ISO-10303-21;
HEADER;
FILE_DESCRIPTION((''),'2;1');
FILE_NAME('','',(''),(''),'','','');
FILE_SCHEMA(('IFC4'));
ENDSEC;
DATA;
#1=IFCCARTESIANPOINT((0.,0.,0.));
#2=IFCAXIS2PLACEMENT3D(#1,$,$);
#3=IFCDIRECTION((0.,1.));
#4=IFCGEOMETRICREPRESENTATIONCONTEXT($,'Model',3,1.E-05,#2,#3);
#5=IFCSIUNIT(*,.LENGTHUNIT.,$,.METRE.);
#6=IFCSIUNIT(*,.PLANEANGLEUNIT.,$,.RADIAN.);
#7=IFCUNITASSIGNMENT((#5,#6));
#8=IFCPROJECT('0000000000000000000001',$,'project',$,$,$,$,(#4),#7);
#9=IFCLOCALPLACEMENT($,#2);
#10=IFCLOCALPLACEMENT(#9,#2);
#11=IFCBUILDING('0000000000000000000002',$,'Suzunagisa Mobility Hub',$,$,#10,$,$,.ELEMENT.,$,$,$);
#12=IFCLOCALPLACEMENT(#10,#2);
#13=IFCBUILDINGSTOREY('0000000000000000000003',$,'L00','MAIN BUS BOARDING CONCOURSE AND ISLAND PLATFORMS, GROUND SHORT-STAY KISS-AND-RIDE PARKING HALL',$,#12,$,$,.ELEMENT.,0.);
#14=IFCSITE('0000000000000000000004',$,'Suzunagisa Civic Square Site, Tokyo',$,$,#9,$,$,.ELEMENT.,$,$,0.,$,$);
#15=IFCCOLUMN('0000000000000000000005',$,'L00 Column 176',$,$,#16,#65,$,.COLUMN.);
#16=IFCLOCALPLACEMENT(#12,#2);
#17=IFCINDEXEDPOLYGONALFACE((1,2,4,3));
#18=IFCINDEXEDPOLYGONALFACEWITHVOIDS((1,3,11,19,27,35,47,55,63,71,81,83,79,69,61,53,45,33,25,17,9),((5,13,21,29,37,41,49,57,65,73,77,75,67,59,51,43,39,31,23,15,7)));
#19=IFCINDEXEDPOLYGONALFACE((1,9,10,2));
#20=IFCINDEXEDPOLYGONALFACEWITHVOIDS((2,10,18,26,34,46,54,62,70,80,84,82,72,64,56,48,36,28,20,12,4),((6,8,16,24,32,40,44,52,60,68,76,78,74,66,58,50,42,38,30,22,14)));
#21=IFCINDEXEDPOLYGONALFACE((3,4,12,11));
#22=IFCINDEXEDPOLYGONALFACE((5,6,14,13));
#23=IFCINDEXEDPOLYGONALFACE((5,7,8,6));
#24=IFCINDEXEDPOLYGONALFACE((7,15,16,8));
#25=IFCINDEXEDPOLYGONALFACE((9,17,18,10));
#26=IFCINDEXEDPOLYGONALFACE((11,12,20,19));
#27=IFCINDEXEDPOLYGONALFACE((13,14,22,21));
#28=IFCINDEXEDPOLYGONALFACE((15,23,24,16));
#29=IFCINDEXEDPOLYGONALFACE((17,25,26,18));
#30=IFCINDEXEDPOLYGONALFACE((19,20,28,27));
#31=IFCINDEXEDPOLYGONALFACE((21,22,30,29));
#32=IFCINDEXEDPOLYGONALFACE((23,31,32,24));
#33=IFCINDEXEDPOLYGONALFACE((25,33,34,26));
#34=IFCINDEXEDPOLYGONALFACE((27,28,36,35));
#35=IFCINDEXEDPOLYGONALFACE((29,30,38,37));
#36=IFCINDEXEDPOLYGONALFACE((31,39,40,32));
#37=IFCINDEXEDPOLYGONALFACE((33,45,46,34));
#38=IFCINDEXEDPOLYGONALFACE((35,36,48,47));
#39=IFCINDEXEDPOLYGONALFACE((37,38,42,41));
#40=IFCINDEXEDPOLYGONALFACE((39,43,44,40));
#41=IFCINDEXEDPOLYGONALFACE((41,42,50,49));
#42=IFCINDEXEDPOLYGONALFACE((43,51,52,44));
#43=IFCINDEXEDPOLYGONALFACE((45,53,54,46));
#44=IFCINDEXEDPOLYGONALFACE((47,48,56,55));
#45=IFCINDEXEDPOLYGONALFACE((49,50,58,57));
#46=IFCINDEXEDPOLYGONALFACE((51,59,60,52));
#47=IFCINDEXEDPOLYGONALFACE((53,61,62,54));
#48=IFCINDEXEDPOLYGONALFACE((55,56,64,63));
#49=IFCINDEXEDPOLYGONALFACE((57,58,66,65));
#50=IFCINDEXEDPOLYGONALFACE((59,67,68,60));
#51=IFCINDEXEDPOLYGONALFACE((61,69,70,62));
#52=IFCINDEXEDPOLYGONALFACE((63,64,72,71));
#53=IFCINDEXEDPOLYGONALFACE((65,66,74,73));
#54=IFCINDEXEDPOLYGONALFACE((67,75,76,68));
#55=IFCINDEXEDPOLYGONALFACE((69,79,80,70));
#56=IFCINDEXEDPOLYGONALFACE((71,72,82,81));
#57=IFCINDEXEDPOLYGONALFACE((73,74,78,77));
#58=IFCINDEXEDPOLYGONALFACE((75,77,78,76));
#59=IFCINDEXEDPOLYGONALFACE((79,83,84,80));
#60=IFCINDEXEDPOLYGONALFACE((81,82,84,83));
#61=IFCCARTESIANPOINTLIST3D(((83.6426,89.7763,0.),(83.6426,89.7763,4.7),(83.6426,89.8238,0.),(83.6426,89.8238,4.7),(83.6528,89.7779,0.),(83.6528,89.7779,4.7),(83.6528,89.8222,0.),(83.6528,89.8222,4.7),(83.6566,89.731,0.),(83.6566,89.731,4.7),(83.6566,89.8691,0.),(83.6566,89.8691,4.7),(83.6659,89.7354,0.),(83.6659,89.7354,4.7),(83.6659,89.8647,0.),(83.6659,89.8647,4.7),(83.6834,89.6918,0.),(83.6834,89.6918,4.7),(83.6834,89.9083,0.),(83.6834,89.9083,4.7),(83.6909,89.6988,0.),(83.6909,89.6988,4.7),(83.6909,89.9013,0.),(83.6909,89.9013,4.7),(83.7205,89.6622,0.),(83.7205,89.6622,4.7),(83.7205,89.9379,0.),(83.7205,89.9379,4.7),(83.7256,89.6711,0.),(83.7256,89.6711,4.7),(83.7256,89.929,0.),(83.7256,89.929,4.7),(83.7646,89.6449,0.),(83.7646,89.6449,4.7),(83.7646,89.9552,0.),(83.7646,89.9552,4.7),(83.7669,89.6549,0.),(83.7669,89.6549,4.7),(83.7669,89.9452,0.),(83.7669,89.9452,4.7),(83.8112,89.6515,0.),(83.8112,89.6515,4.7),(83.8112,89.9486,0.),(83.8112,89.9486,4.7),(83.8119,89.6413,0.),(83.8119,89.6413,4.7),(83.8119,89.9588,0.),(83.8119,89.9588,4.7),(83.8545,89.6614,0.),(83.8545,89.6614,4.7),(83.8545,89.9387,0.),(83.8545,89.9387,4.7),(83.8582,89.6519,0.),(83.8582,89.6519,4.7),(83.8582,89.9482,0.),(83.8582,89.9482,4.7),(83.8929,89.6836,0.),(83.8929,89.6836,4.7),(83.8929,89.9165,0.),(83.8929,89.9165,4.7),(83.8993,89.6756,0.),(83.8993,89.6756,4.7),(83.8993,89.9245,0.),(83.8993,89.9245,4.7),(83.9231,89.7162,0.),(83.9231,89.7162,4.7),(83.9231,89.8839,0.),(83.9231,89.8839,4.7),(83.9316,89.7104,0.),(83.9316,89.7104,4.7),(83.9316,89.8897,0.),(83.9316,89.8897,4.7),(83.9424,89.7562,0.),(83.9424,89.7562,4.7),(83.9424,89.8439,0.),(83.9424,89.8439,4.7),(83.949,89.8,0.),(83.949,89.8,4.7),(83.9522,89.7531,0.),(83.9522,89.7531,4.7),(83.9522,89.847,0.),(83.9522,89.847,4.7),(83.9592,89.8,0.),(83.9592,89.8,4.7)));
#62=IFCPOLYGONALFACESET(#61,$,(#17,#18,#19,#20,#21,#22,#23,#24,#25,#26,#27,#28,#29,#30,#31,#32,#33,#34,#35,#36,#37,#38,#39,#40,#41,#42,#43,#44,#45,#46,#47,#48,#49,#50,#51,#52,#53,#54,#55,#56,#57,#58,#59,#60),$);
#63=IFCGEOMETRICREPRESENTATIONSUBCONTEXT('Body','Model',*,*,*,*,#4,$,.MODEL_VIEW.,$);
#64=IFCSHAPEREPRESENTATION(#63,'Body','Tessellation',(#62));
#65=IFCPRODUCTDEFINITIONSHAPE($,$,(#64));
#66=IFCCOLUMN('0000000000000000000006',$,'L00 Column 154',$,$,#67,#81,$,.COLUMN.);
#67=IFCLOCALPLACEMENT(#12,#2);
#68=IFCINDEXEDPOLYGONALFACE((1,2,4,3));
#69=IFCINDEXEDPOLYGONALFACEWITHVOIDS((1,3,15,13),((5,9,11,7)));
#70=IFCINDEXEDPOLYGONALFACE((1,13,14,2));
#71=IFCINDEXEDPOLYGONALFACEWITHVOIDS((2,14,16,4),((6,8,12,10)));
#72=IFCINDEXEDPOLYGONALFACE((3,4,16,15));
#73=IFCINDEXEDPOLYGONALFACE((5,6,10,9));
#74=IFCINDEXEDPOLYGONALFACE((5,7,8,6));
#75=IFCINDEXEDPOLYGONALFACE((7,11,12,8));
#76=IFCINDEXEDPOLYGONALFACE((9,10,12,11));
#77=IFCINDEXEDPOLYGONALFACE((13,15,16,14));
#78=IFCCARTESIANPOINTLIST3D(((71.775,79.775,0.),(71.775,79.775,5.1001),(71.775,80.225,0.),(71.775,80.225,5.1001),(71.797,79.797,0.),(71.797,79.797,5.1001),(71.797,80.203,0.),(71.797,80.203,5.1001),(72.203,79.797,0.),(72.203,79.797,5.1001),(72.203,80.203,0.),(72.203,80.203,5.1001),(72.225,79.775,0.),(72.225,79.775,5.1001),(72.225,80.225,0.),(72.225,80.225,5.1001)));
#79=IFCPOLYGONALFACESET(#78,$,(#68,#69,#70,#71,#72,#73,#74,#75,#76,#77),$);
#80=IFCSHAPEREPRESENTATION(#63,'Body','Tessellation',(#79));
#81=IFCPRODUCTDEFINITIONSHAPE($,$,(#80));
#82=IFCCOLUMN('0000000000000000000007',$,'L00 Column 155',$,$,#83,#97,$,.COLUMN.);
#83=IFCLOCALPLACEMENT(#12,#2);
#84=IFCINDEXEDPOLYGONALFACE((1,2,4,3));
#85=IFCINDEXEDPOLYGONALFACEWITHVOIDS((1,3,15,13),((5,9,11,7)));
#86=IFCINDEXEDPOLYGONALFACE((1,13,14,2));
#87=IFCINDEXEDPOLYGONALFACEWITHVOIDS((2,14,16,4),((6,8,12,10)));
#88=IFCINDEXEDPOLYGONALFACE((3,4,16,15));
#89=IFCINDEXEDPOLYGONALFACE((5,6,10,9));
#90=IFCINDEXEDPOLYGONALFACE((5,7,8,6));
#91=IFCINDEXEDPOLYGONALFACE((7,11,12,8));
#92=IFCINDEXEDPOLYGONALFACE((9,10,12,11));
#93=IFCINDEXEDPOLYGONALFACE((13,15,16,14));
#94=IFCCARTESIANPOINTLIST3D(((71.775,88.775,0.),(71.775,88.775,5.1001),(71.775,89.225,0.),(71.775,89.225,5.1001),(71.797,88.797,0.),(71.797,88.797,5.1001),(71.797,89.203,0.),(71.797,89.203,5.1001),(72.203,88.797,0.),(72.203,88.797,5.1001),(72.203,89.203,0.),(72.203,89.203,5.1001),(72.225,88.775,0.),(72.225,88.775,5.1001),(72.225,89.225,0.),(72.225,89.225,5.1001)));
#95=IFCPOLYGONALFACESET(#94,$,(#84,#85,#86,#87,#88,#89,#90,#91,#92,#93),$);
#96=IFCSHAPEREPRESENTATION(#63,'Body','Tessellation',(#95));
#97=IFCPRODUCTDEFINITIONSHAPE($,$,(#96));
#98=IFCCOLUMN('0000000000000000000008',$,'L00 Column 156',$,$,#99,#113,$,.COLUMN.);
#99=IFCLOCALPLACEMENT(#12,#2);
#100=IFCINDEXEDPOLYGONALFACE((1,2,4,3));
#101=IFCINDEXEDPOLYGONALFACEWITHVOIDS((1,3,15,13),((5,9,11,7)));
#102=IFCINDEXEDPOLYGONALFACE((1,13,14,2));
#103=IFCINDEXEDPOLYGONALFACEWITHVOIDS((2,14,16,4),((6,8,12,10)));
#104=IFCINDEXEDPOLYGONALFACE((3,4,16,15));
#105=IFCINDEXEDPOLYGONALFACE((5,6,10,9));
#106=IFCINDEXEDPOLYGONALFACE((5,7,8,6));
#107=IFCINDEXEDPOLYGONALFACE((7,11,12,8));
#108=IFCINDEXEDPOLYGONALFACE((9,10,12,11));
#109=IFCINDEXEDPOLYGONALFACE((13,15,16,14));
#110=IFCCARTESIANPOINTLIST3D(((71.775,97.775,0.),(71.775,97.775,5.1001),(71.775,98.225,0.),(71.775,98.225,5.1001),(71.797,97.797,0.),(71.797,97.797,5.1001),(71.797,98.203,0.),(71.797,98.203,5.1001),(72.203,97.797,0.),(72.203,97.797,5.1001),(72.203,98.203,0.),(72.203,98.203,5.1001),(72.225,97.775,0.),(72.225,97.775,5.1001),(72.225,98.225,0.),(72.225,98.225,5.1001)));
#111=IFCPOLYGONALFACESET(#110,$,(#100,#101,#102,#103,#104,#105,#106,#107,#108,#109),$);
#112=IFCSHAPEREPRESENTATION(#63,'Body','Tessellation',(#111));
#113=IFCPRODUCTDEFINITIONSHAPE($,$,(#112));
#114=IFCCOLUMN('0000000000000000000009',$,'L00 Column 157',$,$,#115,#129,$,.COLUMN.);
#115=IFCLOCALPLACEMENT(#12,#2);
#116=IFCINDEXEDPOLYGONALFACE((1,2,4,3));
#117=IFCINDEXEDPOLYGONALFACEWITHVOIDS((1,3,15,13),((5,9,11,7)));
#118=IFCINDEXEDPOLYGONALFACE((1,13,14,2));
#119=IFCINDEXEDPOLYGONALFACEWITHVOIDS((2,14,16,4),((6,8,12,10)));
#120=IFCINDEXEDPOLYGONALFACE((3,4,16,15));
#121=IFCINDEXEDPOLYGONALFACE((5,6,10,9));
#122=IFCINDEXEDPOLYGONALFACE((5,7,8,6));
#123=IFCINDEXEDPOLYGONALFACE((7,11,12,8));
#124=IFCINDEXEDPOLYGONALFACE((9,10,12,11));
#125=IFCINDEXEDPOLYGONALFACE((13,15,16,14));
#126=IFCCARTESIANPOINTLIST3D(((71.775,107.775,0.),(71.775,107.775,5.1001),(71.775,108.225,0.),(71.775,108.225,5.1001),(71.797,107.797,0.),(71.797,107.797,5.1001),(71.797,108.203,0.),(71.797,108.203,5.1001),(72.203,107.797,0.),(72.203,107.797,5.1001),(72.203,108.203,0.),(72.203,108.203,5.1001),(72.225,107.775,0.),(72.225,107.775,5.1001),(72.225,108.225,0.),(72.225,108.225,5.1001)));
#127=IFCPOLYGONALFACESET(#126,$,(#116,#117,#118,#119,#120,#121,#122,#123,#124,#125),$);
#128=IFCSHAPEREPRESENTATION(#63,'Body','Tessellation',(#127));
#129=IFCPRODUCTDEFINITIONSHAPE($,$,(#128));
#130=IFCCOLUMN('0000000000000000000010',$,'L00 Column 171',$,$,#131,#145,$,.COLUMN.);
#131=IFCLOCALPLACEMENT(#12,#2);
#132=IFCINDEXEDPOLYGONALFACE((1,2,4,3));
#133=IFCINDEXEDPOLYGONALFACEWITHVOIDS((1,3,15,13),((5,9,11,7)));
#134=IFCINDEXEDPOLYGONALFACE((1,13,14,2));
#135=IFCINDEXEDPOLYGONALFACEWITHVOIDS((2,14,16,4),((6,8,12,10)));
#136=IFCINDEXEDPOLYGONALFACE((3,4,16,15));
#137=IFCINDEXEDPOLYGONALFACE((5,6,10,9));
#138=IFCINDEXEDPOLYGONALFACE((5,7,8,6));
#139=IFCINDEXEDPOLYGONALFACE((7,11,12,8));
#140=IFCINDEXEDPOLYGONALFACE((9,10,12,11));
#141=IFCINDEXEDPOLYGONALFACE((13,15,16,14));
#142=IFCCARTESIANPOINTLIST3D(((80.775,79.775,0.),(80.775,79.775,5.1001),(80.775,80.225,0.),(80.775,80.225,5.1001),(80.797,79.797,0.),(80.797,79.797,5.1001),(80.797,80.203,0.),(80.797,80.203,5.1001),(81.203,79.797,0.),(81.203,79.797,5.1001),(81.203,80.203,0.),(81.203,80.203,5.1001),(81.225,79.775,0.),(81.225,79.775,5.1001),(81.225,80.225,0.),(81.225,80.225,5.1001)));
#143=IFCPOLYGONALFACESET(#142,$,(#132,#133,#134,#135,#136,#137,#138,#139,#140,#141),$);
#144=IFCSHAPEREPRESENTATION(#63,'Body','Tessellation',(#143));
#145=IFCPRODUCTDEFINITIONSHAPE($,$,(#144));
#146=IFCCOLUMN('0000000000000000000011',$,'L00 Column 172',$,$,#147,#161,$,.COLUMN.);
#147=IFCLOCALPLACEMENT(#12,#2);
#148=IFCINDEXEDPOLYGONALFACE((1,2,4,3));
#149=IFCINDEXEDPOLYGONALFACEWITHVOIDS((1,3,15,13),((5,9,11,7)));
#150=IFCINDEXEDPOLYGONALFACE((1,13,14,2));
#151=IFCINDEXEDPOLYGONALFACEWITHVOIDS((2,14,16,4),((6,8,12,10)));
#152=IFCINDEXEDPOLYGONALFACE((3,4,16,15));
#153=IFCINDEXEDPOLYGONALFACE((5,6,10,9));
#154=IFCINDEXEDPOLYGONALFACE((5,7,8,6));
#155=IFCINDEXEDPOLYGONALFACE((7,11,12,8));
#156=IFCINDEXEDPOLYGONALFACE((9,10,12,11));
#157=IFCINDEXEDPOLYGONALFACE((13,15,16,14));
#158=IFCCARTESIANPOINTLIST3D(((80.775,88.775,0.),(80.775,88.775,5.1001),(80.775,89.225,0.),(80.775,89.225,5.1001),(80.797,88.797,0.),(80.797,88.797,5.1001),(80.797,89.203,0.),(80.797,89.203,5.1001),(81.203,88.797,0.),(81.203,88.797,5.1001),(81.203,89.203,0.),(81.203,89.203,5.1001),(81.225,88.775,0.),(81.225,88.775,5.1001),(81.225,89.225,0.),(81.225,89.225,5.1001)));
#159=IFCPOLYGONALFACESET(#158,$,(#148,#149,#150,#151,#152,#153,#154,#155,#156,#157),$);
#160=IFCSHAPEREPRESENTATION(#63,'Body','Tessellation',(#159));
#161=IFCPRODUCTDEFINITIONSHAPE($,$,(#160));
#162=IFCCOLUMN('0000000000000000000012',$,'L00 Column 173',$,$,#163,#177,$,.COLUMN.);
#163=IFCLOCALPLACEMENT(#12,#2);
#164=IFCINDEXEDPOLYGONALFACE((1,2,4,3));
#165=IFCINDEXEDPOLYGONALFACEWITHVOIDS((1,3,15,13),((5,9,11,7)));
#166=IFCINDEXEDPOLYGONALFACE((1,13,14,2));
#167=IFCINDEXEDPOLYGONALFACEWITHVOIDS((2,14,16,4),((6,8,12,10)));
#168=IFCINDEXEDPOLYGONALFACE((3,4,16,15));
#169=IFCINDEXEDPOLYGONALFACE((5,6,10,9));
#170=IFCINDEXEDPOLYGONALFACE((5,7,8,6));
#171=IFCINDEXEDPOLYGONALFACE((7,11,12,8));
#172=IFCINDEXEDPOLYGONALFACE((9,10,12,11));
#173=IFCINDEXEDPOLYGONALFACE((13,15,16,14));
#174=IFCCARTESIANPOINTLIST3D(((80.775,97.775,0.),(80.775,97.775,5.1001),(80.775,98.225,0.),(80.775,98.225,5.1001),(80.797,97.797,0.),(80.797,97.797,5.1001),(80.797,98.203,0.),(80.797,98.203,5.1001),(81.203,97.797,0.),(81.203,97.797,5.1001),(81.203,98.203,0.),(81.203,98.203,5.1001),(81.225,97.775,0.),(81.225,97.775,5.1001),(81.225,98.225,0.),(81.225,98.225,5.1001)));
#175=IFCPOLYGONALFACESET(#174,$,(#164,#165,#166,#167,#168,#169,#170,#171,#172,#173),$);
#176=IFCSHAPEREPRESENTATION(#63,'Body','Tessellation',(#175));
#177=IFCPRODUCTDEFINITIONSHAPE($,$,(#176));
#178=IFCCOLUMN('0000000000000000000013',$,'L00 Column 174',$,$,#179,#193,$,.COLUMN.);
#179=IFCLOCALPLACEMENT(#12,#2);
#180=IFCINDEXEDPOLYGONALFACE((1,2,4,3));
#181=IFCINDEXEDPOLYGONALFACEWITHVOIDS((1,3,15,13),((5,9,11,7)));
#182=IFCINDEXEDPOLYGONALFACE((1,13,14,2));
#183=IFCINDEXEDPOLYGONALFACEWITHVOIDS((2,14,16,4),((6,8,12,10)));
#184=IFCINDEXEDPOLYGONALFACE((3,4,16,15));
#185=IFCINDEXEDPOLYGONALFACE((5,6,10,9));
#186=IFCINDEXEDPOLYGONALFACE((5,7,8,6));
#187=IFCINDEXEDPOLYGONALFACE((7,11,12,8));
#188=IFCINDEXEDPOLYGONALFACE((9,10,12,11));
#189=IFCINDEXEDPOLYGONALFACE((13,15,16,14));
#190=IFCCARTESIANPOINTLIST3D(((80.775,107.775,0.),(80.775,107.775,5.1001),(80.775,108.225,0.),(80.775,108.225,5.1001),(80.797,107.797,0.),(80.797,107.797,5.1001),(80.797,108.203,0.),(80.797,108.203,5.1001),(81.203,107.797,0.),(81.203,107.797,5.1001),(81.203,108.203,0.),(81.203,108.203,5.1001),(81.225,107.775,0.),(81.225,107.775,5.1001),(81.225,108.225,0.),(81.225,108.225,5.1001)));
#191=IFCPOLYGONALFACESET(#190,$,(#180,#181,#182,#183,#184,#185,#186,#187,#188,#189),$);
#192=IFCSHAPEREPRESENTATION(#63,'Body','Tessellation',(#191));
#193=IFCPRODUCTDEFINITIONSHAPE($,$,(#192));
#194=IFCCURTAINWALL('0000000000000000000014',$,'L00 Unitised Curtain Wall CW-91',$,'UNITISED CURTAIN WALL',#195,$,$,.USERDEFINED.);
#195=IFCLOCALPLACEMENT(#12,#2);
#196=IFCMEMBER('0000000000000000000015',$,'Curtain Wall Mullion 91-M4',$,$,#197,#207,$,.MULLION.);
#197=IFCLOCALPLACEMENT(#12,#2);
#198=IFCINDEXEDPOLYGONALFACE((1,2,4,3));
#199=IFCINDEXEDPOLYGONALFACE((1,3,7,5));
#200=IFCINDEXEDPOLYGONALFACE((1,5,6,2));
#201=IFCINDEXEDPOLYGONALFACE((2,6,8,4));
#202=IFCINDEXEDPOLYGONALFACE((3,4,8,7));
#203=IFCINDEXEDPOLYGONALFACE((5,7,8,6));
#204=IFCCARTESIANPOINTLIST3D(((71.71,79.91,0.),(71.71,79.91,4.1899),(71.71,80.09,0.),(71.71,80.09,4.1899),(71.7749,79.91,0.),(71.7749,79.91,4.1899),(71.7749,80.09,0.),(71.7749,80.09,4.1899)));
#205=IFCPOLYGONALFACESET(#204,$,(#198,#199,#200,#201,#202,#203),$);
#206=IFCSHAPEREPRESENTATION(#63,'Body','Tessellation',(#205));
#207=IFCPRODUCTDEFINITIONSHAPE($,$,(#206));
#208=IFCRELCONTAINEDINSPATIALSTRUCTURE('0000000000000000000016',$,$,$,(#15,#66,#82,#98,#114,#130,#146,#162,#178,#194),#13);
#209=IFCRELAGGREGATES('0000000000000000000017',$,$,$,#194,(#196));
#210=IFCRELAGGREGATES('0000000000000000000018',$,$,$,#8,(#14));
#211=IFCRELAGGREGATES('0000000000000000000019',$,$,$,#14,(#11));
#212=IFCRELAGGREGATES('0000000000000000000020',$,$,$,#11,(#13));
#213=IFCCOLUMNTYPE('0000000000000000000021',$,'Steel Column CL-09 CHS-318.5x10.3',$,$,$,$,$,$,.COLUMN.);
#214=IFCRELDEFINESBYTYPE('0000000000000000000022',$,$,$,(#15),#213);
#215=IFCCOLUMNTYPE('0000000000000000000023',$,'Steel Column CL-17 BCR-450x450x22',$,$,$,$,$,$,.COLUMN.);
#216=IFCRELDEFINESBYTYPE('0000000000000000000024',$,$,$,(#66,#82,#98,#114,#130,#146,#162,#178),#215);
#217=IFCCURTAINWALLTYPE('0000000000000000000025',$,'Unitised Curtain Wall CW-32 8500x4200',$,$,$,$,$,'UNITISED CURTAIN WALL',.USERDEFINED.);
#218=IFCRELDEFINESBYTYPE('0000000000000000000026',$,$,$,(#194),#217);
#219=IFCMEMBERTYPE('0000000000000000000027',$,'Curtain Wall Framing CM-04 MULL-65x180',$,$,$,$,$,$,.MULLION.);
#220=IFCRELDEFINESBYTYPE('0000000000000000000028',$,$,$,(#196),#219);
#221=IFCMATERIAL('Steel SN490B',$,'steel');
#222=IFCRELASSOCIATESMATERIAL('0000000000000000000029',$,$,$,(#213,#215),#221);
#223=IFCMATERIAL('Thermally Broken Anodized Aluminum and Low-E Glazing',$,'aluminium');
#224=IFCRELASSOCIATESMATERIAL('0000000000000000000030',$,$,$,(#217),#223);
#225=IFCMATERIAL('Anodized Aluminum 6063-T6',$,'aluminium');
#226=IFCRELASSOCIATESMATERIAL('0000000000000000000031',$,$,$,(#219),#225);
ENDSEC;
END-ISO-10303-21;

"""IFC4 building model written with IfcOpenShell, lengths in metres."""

from ifc_helpers import new_model, si_unit, direction, frame, origin, origin_2d, place, context, subcontext, project, spatial, rectangle, hollow_rectangle, hollow_circle, extrude, material, material_profile, profile_set, type_object, element, aggregate, save


model = new_model("IFC4")

# Units and contexts
model_context = context("Model", 3, precision=1e-05, world=origin(), true_north=direction((0.0, 1.0)))
body_context = subcontext(model_context, "Body", "Model", "MODEL_VIEW")
ifc_project = project(units=[si_unit("LENGTHUNIT", "METRE"), si_unit("PLANEANGLEUNIT", "RADIAN")], contexts=[model_context])

# Site, building, storey
site_placement = place(None, origin())
site = spatial("IfcSite", under=ifc_project, at=site_placement, Name="Suzunagisa Civic Square Site, Tokyo", CompositionType="ELEMENT", RefElevation=0.0)
building_placement = place(site_placement, origin())
building = spatial("IfcBuilding", under=site, at=building_placement, Name="Suzunagisa Mobility Hub", CompositionType="ELEMENT")
storey_placement = place(building_placement, origin())
storey = spatial("IfcBuildingStorey", under=building, at=storey_placement, Name="L00", Description="MAIN BUS BOARDING CONCOURSE AND ISLAND PLATFORMS, GROUND SHORT-STAY KISS-AND-RIDE PARKING HALL", CompositionType="ELEMENT", Elevation=0.0)

# Columns
ifc_material_1 = material(Name="Steel SN490B", Category="steel")
ifc_material_profile_1 = material_profile(ifc_material_1, hollow_circle(Radius=0.1592, WallThickness=0.0103, at=origin_2d()), Name="CHS-318.5x10.3")
ifc_profile_set_1 = profile_set([ifc_material_profile_1], Name="Steel SN490B")
column_type_1 = type_object("IfcColumnType", Name="Steel Column CL-09 CHS-318.5x10.3", PredefinedType="COLUMN", material=ifc_profile_set_1)
column_placement = place(storey_placement, frame((83.8, 89.8, 0.0), z_axis=(0.0, 0.0, 1.0), x_axis=(1.0, 0.0, 0.0)))
element("IfcColumn", 1, at=column_placement, inside=storey, type_object=column_type_1, Name="L00 Column 176", PredefinedType="COLUMN", context=body_context, shape_type="SweptSolid", body=[
    extrude(hollow_circle(Radius=0.1592, WallThickness=0.0103, at=origin_2d()), origin(), (0.0, 0.0, 1.0), 4.7),
])
ifc_material_profile_2 = material_profile(ifc_material_1, hollow_rectangle(XDim=0.45, YDim=0.45, WallThickness=0.022, at=origin_2d()), Name="BCR-450x450x22")
ifc_profile_set_2 = profile_set([ifc_material_profile_2], Name="Steel SN490B")
column_type_2 = type_object("IfcColumnType", Name="Steel Column CL-17 BCR-450x450x22", PredefinedType="COLUMN", material=ifc_profile_set_2)
for number, where, z_axis, x_axis, name in (
    (2, (72.0, 80.0, 0.0), (0.0, 0.0, 1.0), (1.0, 0.0, 0.0), "L00 Column 154"),
    (3, (72.0, 89.0, 0.0), (0.0, 0.0, 1.0), (1.0, 0.0, 0.0), "L00 Column 155"),
    (4, (72.0, 98.0, 0.0), (0.0, 0.0, 1.0), (1.0, 0.0, 0.0), "L00 Column 156"),
    (5, (72.0, 108.0, 0.0), (0.0, 0.0, 1.0), (1.0, 0.0, 0.0), "L00 Column 157"),
    (6, (81.0, 80.0, 0.0), (0.0, 0.0, 1.0), (1.0, 0.0, 0.0), "L00 Column 171"),
    (7, (81.0, 89.0, 0.0), (0.0, 0.0, 1.0), (1.0, 0.0, 0.0), "L00 Column 172"),
    (8, (81.0, 98.0, 0.0), (0.0, 0.0, 1.0), (1.0, 0.0, 0.0), "L00 Column 173"),
    (9, (81.0, 108.0, 0.0), (0.0, 0.0, 1.0), (1.0, 0.0, 0.0), "L00 Column 174"),
):
    element("IfcColumn", number, at=place(storey_placement, frame(where, z_axis=z_axis, x_axis=x_axis)), inside=storey, type_object=column_type_2, Name=name, PredefinedType="COLUMN", context=body_context, shape_type="SweptSolid", body=[
        extrude(hollow_rectangle(XDim=0.45, YDim=0.45, WallThickness=0.022, at=origin_2d()), origin(), (0.0, 0.0, 1.0), 5.1001),
    ])

# Curtain wall, member
ifc_material_2 = material(Name="Thermally Broken Anodized Aluminum and Low-E Glazing", Category="aluminium")
curtain_wall_type = type_object("IfcCurtainWallType", Name="Unitised Curtain Wall CW-32 8500x4200", ElementType="UNITISED CURTAIN WALL", PredefinedType="USERDEFINED", material=ifc_material_2)
curtain_wall_placement = place(storey_placement, origin())
curtain_wall = element("IfcCurtainWall", 10, at=curtain_wall_placement, inside=storey, type_object=curtain_wall_type, Name="L00 Unitised Curtain Wall CW-91", ObjectType="UNITISED CURTAIN WALL", PredefinedType="USERDEFINED")
ifc_material_3 = material(Name="Anodized Aluminum 6063-T6", Category="aluminium")
ifc_material_profile_3 = material_profile(ifc_material_3, rectangle(XDim=0.0649, YDim=0.1799, at=origin_2d()), Name="MULL-65x180")
ifc_profile_set_3 = profile_set([ifc_material_profile_3], Name="Anodized Aluminum 6063-T6")
member_type = type_object("IfcMemberType", Name="Curtain Wall Framing CM-04 MULL-65x180", PredefinedType="MULLION", material=ifc_profile_set_3)
member_placement = place(storey_placement, frame((71.7424, 80.0, 0.0), z_axis=(0.0, 0.0, 1.0), x_axis=(1.0, 0.0, 0.0)))
member = element("IfcMember", 11, at=member_placement, type_object=member_type, Name="Curtain Wall Mullion 91-M4", PredefinedType="MULLION", context=body_context, shape_type="SweptSolid", body=[
    extrude(rectangle(XDim=0.0649, YDim=0.1799, at=origin_2d()), origin(), (0.0, 0.0, 1.0), 4.1899),
])

aggregate(curtain_wall, [member])

save(model, "model.ifc")
